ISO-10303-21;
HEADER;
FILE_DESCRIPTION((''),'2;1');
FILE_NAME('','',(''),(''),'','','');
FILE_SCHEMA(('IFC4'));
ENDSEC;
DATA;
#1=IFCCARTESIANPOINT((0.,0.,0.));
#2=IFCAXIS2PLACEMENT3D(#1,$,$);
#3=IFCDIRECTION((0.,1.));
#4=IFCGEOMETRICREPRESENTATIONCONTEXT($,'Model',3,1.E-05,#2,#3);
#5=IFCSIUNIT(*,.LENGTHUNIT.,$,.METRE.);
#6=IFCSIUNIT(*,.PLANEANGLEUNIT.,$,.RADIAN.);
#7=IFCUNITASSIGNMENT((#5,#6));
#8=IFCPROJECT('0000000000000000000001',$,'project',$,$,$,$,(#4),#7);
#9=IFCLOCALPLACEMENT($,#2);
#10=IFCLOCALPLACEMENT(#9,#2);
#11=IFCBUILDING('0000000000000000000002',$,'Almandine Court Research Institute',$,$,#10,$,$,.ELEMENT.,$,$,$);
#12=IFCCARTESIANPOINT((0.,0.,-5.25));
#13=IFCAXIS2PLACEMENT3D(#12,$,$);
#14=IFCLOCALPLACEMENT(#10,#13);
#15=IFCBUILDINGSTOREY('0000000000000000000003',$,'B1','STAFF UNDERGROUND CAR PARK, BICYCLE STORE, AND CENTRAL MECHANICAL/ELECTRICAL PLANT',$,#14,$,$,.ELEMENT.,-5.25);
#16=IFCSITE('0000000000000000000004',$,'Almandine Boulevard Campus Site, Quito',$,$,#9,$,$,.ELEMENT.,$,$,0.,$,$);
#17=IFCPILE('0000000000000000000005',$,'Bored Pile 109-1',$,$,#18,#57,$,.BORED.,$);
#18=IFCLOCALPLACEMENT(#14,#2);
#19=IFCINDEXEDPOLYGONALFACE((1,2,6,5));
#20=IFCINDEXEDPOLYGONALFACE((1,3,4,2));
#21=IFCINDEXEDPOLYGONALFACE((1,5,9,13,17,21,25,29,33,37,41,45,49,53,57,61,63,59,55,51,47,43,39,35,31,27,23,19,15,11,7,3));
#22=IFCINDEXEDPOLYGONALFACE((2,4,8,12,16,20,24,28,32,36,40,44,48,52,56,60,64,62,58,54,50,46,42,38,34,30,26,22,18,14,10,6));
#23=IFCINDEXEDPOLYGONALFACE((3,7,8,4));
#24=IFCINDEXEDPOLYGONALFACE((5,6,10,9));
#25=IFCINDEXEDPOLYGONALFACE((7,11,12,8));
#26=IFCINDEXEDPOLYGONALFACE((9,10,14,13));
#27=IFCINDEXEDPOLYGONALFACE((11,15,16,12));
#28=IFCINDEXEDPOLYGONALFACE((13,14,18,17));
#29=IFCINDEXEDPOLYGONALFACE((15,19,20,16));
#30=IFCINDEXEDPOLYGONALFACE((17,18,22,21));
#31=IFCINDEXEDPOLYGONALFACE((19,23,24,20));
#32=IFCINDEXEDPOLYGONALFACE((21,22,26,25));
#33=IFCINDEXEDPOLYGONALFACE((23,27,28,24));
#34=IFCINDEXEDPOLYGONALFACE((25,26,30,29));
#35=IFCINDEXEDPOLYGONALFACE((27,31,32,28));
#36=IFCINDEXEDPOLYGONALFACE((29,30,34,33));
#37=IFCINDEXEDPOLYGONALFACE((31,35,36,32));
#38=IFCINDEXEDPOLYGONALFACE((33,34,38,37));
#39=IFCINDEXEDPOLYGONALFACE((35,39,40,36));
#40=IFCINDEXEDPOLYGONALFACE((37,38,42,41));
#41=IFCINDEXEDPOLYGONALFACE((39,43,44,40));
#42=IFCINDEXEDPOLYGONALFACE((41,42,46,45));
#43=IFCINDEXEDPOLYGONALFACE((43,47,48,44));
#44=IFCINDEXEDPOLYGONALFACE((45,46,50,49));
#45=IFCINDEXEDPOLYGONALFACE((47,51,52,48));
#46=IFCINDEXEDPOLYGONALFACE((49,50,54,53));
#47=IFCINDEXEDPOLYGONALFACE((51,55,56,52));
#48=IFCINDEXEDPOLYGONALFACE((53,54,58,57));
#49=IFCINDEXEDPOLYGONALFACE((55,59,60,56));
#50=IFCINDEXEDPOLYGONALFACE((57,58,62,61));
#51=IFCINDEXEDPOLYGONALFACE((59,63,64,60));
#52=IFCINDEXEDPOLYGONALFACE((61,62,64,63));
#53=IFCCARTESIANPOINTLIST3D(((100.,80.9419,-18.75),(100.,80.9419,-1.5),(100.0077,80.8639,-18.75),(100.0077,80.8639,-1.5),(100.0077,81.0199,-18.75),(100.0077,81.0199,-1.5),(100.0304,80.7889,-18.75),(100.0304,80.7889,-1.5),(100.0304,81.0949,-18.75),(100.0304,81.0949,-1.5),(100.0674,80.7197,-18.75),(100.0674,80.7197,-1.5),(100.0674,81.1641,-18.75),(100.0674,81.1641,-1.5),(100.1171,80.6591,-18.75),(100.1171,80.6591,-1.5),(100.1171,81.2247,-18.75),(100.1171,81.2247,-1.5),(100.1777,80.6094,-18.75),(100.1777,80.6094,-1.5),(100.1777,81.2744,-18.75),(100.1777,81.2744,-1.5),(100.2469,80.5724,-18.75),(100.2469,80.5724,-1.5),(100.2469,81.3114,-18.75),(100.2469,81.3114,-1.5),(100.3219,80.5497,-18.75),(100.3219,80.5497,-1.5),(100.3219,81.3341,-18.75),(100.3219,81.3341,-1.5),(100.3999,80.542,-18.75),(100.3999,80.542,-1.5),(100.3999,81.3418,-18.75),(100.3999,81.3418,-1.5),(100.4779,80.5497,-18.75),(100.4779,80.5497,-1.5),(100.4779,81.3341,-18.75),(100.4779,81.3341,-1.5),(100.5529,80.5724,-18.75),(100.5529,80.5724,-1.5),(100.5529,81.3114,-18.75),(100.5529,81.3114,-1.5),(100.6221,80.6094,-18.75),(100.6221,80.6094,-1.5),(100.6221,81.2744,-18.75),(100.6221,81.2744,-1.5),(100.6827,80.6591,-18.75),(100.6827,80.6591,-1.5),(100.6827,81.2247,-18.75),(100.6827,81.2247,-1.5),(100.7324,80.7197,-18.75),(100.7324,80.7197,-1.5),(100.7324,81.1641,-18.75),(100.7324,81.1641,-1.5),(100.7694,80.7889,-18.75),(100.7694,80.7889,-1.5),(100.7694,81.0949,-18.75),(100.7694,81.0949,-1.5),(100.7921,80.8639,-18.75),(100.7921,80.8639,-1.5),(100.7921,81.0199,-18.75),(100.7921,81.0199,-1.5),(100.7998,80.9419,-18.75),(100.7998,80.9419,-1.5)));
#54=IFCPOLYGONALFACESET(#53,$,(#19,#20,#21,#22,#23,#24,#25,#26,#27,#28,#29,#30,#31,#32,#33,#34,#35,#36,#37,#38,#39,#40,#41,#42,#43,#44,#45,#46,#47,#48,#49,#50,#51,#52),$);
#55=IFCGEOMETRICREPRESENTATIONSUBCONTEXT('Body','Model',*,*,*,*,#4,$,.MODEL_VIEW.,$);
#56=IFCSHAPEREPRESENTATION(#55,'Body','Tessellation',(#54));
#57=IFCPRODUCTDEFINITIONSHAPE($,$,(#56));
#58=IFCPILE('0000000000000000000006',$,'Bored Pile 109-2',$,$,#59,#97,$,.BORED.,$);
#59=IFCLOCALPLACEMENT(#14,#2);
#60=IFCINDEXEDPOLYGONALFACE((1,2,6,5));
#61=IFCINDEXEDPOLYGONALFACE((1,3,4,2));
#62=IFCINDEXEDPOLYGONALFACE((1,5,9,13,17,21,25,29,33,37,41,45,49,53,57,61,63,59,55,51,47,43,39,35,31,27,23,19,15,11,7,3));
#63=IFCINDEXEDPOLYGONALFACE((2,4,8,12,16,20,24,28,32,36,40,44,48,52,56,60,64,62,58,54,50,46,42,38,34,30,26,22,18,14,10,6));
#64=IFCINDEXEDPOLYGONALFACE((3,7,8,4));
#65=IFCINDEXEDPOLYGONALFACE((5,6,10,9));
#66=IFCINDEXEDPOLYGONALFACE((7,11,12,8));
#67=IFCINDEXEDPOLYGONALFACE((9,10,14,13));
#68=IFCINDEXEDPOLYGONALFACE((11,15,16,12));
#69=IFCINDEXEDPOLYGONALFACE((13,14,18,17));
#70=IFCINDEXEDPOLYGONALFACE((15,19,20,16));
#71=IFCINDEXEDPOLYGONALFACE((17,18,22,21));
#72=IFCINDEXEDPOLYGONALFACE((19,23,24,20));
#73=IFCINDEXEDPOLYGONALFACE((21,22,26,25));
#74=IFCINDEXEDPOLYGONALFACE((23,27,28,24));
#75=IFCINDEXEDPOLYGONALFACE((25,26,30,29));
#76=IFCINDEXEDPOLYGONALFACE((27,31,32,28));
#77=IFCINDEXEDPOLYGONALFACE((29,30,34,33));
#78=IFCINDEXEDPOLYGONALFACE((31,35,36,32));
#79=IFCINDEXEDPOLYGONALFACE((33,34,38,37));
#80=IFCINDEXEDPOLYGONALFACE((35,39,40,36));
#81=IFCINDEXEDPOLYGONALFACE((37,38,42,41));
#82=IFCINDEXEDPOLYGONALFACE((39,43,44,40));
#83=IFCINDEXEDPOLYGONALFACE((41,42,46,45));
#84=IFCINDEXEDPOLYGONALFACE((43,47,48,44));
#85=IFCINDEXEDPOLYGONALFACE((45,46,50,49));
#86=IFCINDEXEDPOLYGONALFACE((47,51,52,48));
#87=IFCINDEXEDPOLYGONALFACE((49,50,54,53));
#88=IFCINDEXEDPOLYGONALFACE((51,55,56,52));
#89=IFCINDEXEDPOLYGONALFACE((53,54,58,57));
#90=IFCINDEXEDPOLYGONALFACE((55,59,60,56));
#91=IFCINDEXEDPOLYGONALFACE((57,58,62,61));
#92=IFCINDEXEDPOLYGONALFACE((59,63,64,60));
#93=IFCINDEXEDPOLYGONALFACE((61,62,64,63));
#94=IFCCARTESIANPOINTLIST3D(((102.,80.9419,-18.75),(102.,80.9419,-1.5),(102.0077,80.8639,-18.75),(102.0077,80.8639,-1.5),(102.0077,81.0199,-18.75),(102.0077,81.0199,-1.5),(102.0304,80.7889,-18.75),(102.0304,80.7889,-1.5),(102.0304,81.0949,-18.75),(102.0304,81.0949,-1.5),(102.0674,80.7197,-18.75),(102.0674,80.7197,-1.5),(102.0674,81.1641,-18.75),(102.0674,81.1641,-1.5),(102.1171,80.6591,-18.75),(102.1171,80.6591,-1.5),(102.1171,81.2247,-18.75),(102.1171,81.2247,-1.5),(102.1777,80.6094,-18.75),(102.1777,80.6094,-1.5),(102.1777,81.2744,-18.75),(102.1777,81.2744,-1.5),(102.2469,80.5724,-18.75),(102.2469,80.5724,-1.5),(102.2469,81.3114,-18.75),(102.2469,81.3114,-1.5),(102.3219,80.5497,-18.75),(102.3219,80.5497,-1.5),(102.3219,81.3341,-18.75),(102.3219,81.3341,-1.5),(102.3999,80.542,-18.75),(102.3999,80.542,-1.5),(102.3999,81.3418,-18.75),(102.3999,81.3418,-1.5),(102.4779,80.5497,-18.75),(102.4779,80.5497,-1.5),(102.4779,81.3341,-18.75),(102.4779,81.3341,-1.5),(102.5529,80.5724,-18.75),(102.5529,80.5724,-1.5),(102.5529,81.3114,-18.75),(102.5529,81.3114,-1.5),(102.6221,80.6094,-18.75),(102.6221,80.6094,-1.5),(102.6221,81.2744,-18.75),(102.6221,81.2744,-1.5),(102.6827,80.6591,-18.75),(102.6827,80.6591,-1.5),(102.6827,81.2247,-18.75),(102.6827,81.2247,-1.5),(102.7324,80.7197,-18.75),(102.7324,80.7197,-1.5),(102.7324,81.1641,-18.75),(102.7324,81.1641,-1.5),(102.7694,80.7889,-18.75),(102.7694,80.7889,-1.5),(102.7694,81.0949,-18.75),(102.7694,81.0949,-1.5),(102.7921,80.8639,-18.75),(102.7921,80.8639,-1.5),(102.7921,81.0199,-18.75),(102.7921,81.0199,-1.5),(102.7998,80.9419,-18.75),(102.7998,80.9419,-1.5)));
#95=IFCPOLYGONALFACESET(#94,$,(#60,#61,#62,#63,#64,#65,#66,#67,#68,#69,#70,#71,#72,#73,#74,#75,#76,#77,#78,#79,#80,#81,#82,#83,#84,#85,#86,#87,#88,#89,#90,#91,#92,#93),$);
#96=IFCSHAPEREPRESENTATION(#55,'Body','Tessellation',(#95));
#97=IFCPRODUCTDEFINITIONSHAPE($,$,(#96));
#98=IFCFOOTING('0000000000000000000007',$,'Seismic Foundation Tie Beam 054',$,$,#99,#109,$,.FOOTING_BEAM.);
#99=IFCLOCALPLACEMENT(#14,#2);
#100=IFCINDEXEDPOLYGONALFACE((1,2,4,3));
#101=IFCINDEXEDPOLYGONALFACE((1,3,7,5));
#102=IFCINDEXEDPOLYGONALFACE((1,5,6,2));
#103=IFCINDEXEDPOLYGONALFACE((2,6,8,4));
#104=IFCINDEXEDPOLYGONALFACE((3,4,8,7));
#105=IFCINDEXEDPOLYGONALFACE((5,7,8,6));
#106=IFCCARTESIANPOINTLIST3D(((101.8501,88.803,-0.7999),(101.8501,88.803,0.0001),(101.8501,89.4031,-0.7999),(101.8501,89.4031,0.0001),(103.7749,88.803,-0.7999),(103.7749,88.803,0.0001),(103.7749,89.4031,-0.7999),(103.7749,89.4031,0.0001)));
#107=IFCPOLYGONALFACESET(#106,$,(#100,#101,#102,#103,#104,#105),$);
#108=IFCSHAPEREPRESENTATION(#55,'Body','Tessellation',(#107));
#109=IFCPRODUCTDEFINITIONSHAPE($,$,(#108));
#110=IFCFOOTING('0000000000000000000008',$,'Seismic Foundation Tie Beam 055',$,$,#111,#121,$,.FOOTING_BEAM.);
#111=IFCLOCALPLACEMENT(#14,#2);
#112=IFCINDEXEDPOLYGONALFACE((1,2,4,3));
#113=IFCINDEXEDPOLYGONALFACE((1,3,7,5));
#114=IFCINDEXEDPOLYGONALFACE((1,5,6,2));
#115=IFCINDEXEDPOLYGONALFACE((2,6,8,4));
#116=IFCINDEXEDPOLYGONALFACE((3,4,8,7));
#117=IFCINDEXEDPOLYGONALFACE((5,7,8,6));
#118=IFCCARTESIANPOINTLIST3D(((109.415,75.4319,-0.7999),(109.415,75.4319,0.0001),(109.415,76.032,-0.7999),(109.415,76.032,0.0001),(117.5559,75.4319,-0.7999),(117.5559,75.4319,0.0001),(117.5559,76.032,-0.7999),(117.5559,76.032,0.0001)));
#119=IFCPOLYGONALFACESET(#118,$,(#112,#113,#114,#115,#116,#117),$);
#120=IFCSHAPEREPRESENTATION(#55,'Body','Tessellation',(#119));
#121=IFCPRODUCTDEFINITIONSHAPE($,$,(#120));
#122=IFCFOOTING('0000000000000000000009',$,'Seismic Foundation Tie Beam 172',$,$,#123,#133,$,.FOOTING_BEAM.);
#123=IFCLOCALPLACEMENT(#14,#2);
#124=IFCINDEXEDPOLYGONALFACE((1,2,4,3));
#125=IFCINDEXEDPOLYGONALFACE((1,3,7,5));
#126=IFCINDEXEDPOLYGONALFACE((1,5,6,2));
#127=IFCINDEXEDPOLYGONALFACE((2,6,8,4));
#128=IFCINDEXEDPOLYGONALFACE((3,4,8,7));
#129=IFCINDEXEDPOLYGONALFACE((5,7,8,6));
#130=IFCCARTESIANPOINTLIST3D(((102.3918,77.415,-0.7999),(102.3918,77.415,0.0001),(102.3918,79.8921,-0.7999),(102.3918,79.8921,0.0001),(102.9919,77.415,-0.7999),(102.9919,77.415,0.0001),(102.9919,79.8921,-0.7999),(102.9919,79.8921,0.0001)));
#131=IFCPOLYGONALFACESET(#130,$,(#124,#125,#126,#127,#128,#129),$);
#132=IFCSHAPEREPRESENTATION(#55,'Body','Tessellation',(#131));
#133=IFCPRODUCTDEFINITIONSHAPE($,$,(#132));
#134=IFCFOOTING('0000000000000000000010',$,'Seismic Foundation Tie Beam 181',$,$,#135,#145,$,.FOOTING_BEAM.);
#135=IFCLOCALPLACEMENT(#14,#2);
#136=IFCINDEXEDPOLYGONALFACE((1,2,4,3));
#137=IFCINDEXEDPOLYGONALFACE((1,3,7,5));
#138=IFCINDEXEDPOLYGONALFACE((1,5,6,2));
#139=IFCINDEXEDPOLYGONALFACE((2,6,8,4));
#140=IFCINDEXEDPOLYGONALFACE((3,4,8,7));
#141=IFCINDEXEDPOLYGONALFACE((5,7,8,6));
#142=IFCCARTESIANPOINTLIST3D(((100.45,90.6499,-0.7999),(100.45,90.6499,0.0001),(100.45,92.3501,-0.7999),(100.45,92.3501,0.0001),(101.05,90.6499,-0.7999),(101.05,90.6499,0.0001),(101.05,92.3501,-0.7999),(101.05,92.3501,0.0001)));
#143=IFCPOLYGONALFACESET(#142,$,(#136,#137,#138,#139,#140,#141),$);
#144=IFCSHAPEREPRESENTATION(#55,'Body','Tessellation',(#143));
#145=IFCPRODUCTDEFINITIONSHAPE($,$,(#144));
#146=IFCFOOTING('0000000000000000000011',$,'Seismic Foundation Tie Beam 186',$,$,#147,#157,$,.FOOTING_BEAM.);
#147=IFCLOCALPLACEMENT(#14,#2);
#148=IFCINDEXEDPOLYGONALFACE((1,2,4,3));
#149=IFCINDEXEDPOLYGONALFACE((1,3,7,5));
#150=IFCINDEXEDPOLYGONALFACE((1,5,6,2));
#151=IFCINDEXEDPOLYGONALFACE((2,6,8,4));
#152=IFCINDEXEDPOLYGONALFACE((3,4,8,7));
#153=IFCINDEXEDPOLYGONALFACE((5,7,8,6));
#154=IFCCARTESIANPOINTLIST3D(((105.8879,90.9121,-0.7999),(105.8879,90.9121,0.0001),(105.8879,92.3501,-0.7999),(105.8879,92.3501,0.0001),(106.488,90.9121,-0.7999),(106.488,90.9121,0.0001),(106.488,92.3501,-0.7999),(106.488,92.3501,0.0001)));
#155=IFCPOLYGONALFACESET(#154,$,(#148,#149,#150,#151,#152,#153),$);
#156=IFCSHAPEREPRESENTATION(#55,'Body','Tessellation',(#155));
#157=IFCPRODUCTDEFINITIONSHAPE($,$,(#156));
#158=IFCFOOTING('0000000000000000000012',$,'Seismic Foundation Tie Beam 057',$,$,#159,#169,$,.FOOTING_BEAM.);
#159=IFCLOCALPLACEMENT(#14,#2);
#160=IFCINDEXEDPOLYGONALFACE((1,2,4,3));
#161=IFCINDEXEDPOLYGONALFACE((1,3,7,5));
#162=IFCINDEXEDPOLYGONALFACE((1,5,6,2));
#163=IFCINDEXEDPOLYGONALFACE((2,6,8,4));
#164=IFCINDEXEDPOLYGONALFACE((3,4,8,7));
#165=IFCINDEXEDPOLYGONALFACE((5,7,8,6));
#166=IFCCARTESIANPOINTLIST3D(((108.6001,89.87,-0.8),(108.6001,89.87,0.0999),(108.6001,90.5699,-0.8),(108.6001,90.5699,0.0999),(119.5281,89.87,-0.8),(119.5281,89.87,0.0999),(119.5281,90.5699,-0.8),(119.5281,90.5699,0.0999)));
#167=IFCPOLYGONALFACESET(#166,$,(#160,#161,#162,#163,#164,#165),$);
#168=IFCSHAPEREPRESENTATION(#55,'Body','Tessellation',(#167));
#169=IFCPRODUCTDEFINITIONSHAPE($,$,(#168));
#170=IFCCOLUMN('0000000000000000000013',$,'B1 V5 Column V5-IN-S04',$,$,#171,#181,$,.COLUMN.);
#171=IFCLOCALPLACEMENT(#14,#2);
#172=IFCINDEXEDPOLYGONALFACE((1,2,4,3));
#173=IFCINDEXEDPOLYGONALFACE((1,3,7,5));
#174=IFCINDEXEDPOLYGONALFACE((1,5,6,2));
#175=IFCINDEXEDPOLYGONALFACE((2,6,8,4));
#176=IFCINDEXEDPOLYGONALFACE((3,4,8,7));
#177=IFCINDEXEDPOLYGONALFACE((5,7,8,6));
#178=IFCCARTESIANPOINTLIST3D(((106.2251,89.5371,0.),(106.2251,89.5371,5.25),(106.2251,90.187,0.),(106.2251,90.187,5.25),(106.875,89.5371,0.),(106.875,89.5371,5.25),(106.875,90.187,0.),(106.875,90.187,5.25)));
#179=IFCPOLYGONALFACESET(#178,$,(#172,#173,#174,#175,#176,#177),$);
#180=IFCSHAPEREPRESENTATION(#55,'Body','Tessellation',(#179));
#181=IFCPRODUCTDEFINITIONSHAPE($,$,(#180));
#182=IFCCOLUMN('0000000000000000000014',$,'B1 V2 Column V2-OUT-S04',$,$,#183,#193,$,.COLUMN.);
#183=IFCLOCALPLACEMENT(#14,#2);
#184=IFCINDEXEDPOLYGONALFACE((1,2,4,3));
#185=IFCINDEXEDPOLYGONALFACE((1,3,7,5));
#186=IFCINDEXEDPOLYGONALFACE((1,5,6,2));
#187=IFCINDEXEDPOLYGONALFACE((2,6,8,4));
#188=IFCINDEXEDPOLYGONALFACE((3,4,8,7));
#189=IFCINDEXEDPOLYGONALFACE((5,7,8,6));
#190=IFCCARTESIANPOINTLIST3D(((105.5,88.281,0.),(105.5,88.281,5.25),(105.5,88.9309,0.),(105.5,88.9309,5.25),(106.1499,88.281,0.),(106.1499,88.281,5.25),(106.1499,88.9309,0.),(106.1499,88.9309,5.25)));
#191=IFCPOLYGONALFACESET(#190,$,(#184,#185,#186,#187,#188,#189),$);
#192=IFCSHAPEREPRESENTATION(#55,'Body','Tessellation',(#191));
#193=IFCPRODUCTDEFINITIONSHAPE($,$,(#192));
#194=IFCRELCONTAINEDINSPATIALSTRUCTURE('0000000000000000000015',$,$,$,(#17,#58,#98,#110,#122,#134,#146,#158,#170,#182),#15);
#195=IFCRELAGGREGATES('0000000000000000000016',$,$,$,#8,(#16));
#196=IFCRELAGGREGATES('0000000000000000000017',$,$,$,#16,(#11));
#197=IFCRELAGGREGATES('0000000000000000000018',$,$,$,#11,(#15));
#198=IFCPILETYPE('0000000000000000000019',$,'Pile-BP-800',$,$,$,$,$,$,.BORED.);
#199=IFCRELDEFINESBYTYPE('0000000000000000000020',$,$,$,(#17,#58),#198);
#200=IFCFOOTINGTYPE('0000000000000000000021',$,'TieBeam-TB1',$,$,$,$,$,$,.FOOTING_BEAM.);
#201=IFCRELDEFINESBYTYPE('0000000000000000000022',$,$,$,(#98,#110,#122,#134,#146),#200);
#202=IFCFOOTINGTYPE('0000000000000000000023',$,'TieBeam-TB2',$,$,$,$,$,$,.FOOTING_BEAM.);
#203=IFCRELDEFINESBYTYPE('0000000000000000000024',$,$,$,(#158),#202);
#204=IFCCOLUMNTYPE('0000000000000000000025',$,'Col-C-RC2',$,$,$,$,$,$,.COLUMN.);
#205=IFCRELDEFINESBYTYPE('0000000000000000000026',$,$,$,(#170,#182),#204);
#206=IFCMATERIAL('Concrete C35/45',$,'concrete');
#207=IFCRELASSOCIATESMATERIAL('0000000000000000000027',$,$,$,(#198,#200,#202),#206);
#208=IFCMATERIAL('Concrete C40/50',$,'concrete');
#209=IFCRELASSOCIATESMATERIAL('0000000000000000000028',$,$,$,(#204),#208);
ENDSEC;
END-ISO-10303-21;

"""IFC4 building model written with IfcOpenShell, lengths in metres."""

from ifc_helpers import new_model, si_unit, direction, frame, origin, origin_2d, place, context, subcontext, project, spatial, rectangle, circle, extrude, material, material_profile, profile_set, type_object, element, save


model = new_model("IFC4")

# Units and contexts
model_context = context("Model", 3, precision=1e-05, world=origin(), true_north=direction((0.0, 1.0)))
body_context = subcontext(model_context, "Body", "Model", "MODEL_VIEW")
ifc_project = project(units=[si_unit("LENGTHUNIT", "METRE"), si_unit("PLANEANGLEUNIT", "RADIAN")], contexts=[model_context])

# Site, building, storey
site_placement = place(None, origin())
site = spatial("IfcSite", under=ifc_project, at=site_placement, Name="Almandine Boulevard Campus Site, Quito", CompositionType="ELEMENT", RefElevation=0.0)
building_placement = place(site_placement, origin())
building = spatial("IfcBuilding", under=site, at=building_placement, Name="Almandine Court Research Institute", CompositionType="ELEMENT")
storey_placement = place(building_placement, frame((0.0, 0.0, -5.25)))
storey = spatial("IfcBuildingStorey", under=building, at=storey_placement, Name="B1", Description="STAFF UNDERGROUND CAR PARK, BICYCLE STORE, AND CENTRAL MECHANICAL/ELECTRICAL PLANT", CompositionType="ELEMENT", Elevation=-5.25)

# Shared definitions
ifc_material_1 = material(Name="Concrete C35/45", Category="concrete")

# Piles
ifc_material_profile_1 = material_profile(ifc_material_1, circle(Radius=0.3999, at=origin_2d()), Name="BORED PILE D800")
ifc_profile_set_1 = profile_set([ifc_material_profile_1], Name="Concrete C35/45")
pile_type_1 = type_object("IfcPileType", Name="Pile-BP-800", PredefinedType="BORED", material=ifc_profile_set_1)
for number, where, z_axis, x_axis, name in (
    (1, (100.3999, 80.9419, -1.5), (0.0, 0.0, -1.0), (1.0, 0.0, 0.0), "Bored Pile 109-1"),
    (2, (102.3999, 80.9419, -1.5), (0.0, 0.0, -1.0), (1.0, 0.0, 0.0), "Bored Pile 109-2"),
):
    element("IfcPile", number, at=place(storey_placement, frame(where, z_axis=z_axis, x_axis=x_axis)), inside=storey, type_object=pile_type_1, Name=name, PredefinedType="BORED", context=body_context, shape_type="SweptSolid", body=[
        extrude(circle(Radius=0.3999, at=origin_2d()), origin(), (0.0, 0.0, 1.0), 17.25),
    ])

# Footings
ifc_material_profile_2 = material_profile(ifc_material_1, rectangle(XDim=0.6001, YDim=0.8, at=origin_2d()), Name="RC TIE 600x800")
ifc_profile_set_2 = profile_set([ifc_material_profile_2], Name="Concrete C35/45")
footing_type_1 = type_object("IfcFootingType", Name="TieBeam-TB1", PredefinedType="FOOTING_BEAM", material=ifc_profile_set_2)
footing_1_placement = place(storey_placement, frame((101.8501, 89.103, -0.3999), z_axis=(1.0, 0.0, 0.0), x_axis=(0.0, 1.0, 0.0)))
element("IfcFooting", 3, at=footing_1_placement, inside=storey, type_object=footing_type_1, Name="Seismic Foundation Tie Beam 054", PredefinedType="FOOTING_BEAM", context=body_context, shape_type="SweptSolid", body=[
    extrude(rectangle(XDim=0.6001, YDim=0.8, at=origin_2d()), origin(), (0.0, 0.0, 1.0), 1.9248),
])
footing_2_placement = place(storey_placement, frame((109.415, 75.7319, -0.3999), z_axis=(1.0, 0.0, 0.0), x_axis=(0.0, 1.0, 0.0)))
element("IfcFooting", 4, at=footing_2_placement, inside=storey, type_object=footing_type_1, Name="Seismic Foundation Tie Beam 055", PredefinedType="FOOTING_BEAM", context=body_context, shape_type="SweptSolid", body=[
    extrude(rectangle(XDim=0.6001, YDim=0.8, at=origin_2d()), origin(), (0.0, 0.0, 1.0), 8.1409),
])
footing_3_placement = place(storey_placement, frame((102.6919, 77.415, -0.3999), z_axis=(0.0, 1.0, 0.0), x_axis=(-1.0, 0.0, 0.0)))
element("IfcFooting", 5, at=footing_3_placement, inside=storey, type_object=footing_type_1, Name="Seismic Foundation Tie Beam 172", PredefinedType="FOOTING_BEAM", context=body_context, shape_type="SweptSolid", body=[
    extrude(rectangle(XDim=0.6001, YDim=0.8, at=origin_2d()), origin(), (0.0, 0.0, 1.0), 2.4771),
])
footing_4_placement = place(storey_placement, frame((100.75, 90.6499, -0.3999), z_axis=(0.0, 1.0, 0.0), x_axis=(-1.0, 0.0, 0.0)))
element("IfcFooting", 6, at=footing_4_placement, inside=storey, type_object=footing_type_1, Name="Seismic Foundation Tie Beam 181", PredefinedType="FOOTING_BEAM", context=body_context, shape_type="SweptSolid", body=[
    extrude(rectangle(XDim=0.6001, YDim=0.8, at=origin_2d()), origin(), (0.0, 0.0, 1.0), 1.7002),
])
footing_5_placement = place(storey_placement, frame((106.188, 90.9121, -0.3999), z_axis=(0.0, 1.0, 0.0), x_axis=(-1.0, 0.0, 0.0)))
element("IfcFooting", 7, at=footing_5_placement, inside=storey, type_object=footing_type_1, Name="Seismic Foundation Tie Beam 186", PredefinedType="FOOTING_BEAM", context=body_context, shape_type="SweptSolid", body=[
    extrude(rectangle(XDim=0.6001, YDim=0.8, at=origin_2d()), origin(), (0.0, 0.0, 1.0), 1.438),
])
ifc_material_profile_3 = material_profile(ifc_material_1, rectangle(XDim=0.7, YDim=0.8999, at=origin_2d()), Name="RC TIE 700x900")
ifc_profile_set_3 = profile_set([ifc_material_profile_3], Name="Concrete C35/45")
footing_type_2 = type_object("IfcFootingType", Name="TieBeam-TB2", PredefinedType="FOOTING_BEAM", material=ifc_profile_set_3)
footing_6_placement = place(storey_placement, frame((108.6001, 90.22, -0.3501), z_axis=(1.0, 0.0, 0.0), x_axis=(0.0, 1.0, 0.0)))
element("IfcFooting", 8, at=footing_6_placement, inside=storey, type_object=footing_type_2, Name="Seismic Foundation Tie Beam 057", PredefinedType="FOOTING_BEAM", context=body_context, shape_type="SweptSolid", body=[
    extrude(rectangle(XDim=0.7, YDim=0.8999, at=origin_2d()), origin(), (0.0, 0.0, 1.0), 10.928),
])

# Columns
ifc_material_2 = material(Name="Concrete C40/50", Category="concrete")
ifc_material_profile_4 = material_profile(ifc_material_2, rectangle(XDim=0.6499, YDim=0.6499, at=origin_2d()), Name="RC 650x650")
ifc_profile_set_4 = profile_set([ifc_material_profile_4], Name="Concrete C40/50")
column_type_1 = type_object("IfcColumnType", Name="Col-C-RC2", PredefinedType="COLUMN", material=ifc_profile_set_4)
for number, where, z_axis, x_axis, name in (
    (9, (106.55, 89.8621, 0.0), (0.0, 0.0, 1.0), (1.0, 0.0, 0.0), "B1 V5 Column V5-IN-S04"),
    (10, (105.825, 88.606, 0.0), (0.0, 0.0, 1.0), (1.0, 0.0, 0.0), "B1 V2 Column V2-OUT-S04"),
):
    element("IfcColumn", number, at=place(storey_placement, frame(where, z_axis=z_axis, x_axis=x_axis)), inside=storey, type_object=column_type_1, Name=name, PredefinedType="COLUMN", context=body_context, shape_type="SweptSolid", body=[
        extrude(rectangle(XDim=0.6499, YDim=0.6499, at=origin_2d()), origin(), (0.0, 0.0, 1.0), 5.25),
    ])

save(model, "model.ifc")
